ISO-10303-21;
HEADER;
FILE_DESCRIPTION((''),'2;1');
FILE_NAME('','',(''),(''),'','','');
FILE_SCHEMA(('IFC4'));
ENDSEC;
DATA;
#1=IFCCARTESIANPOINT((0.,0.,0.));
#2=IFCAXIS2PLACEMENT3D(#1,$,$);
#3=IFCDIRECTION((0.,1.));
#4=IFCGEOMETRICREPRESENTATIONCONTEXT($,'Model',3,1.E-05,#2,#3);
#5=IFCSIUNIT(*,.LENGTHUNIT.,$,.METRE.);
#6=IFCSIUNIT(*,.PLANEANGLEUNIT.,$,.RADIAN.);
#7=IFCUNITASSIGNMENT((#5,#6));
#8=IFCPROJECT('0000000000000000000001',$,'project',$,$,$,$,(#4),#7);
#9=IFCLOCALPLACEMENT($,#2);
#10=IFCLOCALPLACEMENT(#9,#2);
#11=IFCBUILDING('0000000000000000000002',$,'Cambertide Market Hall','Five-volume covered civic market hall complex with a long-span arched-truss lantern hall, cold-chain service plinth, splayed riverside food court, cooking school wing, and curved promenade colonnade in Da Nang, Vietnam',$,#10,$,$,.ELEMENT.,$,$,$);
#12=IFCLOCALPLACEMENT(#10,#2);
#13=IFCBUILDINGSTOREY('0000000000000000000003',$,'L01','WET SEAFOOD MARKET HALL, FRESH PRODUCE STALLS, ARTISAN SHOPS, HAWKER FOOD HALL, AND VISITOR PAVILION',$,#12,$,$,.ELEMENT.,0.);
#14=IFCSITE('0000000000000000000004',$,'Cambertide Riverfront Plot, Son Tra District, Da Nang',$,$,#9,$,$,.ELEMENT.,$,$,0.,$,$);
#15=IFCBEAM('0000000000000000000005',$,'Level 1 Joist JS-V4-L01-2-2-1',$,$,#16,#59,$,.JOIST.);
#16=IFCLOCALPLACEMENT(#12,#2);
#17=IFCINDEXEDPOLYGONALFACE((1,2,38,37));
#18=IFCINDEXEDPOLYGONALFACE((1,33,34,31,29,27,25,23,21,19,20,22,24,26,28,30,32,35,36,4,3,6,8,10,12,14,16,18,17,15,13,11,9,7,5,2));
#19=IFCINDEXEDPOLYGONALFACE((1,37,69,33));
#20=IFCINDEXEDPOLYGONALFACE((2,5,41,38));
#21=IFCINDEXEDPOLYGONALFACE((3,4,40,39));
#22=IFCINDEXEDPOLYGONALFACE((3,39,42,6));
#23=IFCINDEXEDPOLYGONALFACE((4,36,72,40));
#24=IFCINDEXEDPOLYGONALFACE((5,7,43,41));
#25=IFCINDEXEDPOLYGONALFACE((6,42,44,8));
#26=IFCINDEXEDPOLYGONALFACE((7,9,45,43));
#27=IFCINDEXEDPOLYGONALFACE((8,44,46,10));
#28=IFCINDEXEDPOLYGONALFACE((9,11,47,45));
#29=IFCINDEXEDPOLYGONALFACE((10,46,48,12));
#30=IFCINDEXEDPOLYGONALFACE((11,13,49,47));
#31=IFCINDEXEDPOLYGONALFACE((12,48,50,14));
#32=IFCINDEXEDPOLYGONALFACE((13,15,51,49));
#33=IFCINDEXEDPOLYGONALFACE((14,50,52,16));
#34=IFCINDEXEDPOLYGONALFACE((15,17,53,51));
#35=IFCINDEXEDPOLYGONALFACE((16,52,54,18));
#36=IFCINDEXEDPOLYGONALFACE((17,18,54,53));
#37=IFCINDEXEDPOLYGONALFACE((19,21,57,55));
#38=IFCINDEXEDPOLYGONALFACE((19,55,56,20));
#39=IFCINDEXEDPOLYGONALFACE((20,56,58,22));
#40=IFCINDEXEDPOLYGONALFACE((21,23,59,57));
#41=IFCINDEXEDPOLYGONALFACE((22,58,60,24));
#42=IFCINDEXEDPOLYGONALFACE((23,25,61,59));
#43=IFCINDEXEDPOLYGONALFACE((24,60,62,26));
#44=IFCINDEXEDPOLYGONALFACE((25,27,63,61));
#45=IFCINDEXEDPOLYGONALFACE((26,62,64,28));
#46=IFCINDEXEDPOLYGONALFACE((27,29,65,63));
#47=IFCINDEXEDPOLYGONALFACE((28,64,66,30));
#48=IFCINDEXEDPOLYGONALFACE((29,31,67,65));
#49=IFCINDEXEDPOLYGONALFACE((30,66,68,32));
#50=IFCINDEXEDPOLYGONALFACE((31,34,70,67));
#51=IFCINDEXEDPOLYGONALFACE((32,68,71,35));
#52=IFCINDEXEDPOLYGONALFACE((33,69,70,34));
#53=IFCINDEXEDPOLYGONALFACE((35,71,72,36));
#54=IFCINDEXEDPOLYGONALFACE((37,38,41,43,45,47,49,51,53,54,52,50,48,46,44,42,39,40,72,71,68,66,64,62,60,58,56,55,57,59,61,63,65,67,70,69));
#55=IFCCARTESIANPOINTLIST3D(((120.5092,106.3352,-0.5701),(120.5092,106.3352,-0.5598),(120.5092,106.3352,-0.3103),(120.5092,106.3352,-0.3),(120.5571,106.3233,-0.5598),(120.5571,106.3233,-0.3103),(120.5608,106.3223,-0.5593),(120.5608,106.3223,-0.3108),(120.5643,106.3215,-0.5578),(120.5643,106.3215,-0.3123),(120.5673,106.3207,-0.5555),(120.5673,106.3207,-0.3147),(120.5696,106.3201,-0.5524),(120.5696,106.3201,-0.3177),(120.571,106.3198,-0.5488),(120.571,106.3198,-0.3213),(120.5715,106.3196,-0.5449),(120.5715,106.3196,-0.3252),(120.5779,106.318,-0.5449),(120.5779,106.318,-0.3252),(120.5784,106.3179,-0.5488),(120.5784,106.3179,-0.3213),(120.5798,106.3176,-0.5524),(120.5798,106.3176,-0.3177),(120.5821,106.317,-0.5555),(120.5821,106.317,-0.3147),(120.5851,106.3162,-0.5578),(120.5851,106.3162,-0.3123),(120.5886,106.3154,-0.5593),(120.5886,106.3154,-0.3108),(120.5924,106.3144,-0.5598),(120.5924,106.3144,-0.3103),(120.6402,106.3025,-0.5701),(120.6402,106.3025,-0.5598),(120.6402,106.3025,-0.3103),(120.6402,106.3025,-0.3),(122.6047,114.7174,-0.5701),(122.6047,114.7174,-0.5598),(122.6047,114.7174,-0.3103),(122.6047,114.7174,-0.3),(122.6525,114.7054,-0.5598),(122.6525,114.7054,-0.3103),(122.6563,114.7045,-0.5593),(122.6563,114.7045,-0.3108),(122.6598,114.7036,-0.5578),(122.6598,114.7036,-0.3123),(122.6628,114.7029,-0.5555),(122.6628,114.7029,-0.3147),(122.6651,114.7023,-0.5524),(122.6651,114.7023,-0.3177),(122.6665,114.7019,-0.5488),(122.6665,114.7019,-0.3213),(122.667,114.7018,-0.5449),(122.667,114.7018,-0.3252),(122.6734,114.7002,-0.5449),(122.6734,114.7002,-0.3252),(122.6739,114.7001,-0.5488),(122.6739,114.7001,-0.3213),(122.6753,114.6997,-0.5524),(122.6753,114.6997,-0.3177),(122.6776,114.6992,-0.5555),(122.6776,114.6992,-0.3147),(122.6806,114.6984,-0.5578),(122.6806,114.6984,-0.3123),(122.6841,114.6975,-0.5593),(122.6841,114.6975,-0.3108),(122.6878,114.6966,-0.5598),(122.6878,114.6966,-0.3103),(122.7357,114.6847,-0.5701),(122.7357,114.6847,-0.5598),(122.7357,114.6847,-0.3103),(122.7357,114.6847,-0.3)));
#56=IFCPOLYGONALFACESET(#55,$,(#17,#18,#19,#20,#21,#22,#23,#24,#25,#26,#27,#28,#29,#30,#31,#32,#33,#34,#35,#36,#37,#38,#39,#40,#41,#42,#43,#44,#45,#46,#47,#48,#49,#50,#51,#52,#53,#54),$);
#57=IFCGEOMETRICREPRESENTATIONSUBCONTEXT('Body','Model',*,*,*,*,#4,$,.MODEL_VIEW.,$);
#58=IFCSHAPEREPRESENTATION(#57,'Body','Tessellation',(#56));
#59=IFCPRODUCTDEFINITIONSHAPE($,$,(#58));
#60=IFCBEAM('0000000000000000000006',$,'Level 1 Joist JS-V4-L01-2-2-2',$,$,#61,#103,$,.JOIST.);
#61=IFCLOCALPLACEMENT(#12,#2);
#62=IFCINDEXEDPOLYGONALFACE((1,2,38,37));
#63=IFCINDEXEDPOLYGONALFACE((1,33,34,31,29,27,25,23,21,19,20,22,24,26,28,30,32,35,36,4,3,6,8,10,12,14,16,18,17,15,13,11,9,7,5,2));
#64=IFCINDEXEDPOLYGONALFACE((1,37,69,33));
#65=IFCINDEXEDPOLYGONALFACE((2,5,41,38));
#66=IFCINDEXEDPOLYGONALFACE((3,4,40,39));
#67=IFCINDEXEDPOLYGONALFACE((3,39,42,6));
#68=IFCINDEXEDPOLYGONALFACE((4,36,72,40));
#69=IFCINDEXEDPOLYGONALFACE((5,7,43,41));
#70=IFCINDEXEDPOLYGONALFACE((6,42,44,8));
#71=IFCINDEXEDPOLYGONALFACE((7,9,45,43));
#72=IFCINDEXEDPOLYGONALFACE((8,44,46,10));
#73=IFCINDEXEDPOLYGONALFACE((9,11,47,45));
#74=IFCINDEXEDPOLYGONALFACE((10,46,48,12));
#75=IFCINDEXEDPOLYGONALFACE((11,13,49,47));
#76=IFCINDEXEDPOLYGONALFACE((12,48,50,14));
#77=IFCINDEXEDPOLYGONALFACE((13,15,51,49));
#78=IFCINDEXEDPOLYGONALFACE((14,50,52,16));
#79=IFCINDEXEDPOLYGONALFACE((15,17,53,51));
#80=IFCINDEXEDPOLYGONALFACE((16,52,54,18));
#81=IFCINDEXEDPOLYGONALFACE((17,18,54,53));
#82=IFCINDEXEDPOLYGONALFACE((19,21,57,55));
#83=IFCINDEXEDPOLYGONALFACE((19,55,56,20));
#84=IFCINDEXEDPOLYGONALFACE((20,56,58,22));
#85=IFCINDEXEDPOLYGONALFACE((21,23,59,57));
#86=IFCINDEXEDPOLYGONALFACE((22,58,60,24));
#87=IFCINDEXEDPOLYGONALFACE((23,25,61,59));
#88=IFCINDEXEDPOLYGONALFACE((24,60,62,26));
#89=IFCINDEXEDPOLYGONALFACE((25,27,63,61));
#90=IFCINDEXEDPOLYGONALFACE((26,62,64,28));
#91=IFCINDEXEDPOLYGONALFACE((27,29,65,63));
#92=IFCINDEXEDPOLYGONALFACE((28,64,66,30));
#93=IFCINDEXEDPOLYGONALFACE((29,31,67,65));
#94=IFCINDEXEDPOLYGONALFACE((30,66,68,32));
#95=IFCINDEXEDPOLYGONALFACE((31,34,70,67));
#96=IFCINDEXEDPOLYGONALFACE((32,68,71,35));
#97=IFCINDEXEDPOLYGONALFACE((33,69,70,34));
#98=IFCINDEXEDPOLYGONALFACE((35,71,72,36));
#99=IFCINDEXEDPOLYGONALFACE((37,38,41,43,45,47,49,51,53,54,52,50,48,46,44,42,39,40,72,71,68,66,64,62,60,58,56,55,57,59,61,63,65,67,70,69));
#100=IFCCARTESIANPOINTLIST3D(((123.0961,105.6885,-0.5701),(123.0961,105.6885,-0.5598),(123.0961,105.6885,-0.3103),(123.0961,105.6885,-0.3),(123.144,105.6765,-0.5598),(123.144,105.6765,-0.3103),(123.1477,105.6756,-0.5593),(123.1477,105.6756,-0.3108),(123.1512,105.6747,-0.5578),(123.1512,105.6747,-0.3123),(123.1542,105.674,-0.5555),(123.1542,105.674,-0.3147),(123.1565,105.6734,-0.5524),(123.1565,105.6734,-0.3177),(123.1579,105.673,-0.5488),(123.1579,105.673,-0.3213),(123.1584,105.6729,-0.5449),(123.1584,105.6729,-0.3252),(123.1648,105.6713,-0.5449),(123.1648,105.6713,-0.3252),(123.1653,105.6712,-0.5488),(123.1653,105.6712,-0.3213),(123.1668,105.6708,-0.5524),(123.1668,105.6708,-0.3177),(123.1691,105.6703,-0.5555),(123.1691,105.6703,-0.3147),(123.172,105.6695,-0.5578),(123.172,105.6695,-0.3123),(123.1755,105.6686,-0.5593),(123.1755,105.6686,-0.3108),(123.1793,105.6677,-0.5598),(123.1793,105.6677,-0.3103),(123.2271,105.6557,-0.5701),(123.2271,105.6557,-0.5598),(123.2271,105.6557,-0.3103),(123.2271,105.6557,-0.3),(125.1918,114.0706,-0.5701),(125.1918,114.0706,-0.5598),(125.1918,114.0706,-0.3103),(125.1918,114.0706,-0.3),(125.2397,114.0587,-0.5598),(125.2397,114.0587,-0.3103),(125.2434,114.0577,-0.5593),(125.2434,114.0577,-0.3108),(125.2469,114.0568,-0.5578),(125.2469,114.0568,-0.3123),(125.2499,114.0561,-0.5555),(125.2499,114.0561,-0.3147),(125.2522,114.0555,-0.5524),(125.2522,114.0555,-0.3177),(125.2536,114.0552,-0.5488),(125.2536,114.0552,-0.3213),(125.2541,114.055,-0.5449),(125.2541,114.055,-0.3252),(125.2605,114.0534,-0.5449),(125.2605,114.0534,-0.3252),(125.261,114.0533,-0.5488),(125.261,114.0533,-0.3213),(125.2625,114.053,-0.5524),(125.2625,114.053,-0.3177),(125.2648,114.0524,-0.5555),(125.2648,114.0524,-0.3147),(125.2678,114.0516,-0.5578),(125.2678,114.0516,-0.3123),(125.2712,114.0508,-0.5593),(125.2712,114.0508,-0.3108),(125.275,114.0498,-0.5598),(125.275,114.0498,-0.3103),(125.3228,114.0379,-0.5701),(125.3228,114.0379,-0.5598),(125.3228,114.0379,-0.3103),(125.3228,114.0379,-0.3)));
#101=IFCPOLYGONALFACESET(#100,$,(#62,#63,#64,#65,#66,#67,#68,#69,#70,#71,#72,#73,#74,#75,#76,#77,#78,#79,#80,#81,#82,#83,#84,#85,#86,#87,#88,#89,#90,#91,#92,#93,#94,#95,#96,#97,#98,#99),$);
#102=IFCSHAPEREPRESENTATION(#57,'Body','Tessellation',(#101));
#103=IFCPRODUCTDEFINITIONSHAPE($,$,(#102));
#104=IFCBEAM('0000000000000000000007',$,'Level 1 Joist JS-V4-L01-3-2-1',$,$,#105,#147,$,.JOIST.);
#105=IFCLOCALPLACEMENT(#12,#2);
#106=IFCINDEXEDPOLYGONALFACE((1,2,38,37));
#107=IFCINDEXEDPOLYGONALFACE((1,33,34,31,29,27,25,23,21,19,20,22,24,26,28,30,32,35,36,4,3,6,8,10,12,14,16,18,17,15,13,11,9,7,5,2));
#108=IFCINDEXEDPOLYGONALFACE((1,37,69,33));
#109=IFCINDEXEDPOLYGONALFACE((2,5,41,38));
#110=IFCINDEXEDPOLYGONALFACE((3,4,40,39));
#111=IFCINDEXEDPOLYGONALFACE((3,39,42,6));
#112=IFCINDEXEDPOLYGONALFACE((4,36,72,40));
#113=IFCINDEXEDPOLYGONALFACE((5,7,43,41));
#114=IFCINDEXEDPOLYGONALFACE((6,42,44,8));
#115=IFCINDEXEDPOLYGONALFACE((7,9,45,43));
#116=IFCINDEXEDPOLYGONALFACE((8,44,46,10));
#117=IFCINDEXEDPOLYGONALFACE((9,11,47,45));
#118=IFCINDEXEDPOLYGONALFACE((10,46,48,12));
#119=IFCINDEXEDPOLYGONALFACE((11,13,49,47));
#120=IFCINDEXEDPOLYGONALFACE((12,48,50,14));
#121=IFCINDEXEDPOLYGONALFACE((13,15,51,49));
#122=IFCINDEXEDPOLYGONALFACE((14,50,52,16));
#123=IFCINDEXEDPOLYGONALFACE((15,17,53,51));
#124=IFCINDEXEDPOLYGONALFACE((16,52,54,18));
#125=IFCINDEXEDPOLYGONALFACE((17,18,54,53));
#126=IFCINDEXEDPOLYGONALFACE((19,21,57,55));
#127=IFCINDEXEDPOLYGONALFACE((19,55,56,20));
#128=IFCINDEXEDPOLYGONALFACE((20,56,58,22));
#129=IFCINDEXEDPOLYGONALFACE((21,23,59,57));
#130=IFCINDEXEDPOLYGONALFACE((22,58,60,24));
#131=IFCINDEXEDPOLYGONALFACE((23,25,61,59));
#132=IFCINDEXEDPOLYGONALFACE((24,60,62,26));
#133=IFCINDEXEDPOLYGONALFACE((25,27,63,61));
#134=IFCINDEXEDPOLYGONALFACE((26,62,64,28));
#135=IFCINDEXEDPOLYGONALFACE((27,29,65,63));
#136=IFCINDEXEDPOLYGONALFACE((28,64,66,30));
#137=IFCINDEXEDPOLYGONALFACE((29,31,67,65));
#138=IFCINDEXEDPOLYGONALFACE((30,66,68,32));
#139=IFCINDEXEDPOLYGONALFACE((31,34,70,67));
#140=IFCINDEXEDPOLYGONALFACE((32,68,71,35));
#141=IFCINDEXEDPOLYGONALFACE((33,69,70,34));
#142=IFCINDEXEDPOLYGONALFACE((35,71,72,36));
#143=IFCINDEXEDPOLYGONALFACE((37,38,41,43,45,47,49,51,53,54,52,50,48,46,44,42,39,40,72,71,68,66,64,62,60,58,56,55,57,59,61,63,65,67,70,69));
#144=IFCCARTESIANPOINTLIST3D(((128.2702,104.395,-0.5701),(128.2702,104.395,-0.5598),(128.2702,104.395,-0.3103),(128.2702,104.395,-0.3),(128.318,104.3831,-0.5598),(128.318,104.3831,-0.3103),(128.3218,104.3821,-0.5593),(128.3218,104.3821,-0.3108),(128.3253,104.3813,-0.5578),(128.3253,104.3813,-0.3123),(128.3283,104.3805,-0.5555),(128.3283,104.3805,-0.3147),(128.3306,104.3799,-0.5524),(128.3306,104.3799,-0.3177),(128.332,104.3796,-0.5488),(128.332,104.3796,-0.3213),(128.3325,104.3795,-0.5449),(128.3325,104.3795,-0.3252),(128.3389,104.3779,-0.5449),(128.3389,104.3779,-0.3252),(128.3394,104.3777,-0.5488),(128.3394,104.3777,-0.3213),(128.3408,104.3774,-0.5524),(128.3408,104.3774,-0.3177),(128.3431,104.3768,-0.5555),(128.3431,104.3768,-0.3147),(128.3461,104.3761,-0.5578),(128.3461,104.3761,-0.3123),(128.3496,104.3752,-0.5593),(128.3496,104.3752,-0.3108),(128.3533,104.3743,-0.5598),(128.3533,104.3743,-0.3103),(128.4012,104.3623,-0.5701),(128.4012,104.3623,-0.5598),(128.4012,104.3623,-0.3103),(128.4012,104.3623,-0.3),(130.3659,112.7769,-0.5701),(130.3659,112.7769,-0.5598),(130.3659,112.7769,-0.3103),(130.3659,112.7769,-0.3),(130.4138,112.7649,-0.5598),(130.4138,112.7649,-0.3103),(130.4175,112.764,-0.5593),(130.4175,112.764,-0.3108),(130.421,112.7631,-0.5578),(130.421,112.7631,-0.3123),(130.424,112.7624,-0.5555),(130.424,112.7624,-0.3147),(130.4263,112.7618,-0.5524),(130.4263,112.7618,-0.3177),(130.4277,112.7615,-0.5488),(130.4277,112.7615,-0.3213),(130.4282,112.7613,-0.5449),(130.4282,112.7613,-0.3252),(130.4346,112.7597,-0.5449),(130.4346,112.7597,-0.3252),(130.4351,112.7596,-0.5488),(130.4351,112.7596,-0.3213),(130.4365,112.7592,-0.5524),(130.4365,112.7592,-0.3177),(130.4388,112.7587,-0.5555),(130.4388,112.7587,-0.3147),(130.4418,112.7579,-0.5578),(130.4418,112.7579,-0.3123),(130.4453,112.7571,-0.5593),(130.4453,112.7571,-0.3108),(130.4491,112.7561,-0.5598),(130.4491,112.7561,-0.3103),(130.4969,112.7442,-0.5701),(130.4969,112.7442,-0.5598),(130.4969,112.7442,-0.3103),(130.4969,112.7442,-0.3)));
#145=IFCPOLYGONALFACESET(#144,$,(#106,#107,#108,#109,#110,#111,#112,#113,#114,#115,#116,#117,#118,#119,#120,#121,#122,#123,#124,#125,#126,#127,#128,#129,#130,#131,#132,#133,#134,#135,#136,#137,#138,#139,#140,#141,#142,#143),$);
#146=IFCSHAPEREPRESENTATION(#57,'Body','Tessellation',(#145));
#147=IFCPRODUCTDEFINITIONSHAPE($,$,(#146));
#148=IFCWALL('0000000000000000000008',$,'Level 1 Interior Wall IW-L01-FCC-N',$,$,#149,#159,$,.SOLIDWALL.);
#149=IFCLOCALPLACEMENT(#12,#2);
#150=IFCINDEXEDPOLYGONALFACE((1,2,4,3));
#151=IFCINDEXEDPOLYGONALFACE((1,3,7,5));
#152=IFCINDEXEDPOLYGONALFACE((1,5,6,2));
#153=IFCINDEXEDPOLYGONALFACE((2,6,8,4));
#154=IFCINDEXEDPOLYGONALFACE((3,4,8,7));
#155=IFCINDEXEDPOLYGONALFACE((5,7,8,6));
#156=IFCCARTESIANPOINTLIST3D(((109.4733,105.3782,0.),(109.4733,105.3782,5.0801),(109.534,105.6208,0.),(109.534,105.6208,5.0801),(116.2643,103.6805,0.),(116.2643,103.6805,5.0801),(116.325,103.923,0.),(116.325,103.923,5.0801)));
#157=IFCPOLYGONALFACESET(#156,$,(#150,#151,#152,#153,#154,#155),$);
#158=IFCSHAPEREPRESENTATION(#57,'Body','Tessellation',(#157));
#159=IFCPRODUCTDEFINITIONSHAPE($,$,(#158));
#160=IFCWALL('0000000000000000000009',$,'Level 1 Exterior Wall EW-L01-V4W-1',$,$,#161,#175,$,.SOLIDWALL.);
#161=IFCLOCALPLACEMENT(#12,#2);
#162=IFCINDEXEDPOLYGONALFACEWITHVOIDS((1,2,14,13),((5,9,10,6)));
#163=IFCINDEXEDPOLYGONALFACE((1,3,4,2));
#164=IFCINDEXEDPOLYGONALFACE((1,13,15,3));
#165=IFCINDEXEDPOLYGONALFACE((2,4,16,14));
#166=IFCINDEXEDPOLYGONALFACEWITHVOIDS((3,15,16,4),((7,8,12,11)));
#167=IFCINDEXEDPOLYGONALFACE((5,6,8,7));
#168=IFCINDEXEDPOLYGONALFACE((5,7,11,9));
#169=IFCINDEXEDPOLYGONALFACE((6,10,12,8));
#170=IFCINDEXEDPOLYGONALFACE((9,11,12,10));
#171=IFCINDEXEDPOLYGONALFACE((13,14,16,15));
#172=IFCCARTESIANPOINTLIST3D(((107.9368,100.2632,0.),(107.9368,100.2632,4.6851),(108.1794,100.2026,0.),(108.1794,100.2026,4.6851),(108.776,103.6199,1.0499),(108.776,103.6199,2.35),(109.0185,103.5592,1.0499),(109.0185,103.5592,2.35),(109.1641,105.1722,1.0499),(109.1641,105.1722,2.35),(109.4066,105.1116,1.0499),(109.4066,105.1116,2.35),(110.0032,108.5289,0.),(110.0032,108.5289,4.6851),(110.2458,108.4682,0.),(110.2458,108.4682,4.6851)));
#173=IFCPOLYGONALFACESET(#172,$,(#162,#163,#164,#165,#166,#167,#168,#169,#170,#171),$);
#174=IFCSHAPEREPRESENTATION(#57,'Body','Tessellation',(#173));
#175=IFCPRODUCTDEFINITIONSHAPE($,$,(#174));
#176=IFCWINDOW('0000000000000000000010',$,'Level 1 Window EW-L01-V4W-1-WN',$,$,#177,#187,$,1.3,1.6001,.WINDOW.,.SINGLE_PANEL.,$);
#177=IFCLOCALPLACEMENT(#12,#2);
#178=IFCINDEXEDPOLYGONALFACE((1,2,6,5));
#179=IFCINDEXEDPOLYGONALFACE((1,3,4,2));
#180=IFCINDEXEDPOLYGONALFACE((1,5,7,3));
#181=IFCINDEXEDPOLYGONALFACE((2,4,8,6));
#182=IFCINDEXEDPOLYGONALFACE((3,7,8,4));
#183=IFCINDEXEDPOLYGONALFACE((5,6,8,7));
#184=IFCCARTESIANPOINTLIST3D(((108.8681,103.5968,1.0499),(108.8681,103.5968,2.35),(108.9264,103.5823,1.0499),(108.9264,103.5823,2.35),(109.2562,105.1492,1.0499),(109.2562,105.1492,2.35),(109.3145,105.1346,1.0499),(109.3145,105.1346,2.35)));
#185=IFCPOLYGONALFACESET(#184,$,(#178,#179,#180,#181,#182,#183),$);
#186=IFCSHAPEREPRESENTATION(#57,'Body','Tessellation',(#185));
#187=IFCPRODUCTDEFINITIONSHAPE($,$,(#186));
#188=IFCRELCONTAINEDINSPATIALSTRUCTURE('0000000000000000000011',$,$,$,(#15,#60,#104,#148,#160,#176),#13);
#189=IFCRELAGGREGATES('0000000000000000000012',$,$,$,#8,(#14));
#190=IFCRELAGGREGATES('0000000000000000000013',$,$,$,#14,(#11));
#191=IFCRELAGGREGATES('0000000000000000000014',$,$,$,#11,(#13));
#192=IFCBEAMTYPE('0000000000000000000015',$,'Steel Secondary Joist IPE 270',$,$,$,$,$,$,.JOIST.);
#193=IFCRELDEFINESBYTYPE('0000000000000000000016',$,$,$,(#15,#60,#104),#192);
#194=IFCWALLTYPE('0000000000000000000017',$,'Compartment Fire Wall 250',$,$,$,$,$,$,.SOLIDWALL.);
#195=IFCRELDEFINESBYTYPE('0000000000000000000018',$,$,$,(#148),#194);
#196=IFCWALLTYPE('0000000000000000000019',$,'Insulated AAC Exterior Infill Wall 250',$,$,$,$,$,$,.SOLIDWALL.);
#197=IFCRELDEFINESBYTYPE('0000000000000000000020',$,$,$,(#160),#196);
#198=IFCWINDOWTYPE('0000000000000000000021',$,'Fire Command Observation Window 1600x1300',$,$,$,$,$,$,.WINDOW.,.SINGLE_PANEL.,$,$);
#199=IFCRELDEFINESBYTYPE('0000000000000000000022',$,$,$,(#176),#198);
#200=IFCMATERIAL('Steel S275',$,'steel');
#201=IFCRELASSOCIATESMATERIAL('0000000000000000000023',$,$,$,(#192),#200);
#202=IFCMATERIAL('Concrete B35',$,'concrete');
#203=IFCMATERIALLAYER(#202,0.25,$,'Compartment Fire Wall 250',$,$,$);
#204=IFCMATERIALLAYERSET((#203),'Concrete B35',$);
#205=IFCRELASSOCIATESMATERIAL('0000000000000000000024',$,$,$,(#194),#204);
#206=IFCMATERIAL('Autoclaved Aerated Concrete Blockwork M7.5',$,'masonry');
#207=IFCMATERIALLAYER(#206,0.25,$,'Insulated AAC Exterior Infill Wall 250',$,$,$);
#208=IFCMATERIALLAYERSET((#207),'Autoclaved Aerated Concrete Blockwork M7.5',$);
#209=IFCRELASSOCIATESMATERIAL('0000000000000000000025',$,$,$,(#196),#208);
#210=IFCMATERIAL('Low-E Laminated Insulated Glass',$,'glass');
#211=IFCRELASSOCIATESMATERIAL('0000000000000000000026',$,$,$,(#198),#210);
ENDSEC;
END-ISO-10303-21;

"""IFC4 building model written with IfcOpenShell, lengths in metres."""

from ifc_helpers import new_model, si_unit, direction, frame, frame_2d, origin, origin_2d, place, context, subcontext, project, spatial, rectangle, i_section, extrude, material, layer, layer_set, material_profile, profile_set, type_object, element, fill, save


model = new_model("IFC4")

# Units and contexts
model_context = context("Model", 3, precision=1e-05, world=origin(), true_north=direction((0.0, 1.0)))
body_context = subcontext(model_context, "Body", "Model", "MODEL_VIEW")
ifc_project = project(units=[si_unit("LENGTHUNIT", "METRE"), si_unit("PLANEANGLEUNIT", "RADIAN")], contexts=[model_context])

# Site, building, storey
site_placement = place(None, origin())
site = spatial("IfcSite", under=ifc_project, at=site_placement, Name="Cambertide Riverfront Plot, Son Tra District, Da Nang", CompositionType="ELEMENT", RefElevation=0.0)
building_placement = place(site_placement, origin())
building = spatial("IfcBuilding", under=site, at=building_placement, Name="Cambertide Market Hall", Description="Five-volume covered civic market hall complex with a long-span arched-truss lantern hall, cold-chain service plinth, splayed riverside food court, cooking school wing, and curved promenade colonnade in Da Nang, Vietnam", CompositionType="ELEMENT")
storey_placement = place(building_placement, origin())
storey = spatial("IfcBuildingStorey", under=building, at=storey_placement, Name="L01", Description="WET SEAFOOD MARKET HALL, FRESH PRODUCE STALLS, ARTISAN SHOPS, HAWKER FOOD HALL, AND VISITOR PAVILION", CompositionType="ELEMENT", Elevation=0.0)

# Beams
ifc_material_1 = material(Name="Steel S275", Category="steel")
ifc_material_profile_1 = material_profile(ifc_material_1, i_section(OverallWidth=0.135, OverallDepth=0.27, WebThickness=0.0066, FlangeThickness=0.0103, FilletRadius=0.0149, at=origin_2d()), Name="IPE 270")
ifc_profile_set_1 = profile_set([ifc_material_profile_1], Name="Steel S275")
beam_type_1 = type_object("IfcBeamType", Name="Steel Secondary Joist IPE 270", PredefinedType="JOIST", material=ifc_profile_set_1)
for number, where, z_axis, x_axis, name in (
    (1, (120.5747, 106.3188, -0.4351), (0.242529, 0.970144, 0.0), (-0.970144, 0.242529, 0.0), "Level 1 Joist JS-V4-L01-2-2-1"),
    (2, (123.1616, 105.6721, -0.4351), (0.242556, 0.970138, 0.0), (-0.970138, 0.242556, 0.0), "Level 1 Joist JS-V4-L01-2-2-2"),
):
    element("IfcBeam", number, at=place(storey_placement, frame(where, z_axis=z_axis, x_axis=x_axis)), inside=storey, type_object=beam_type_1, Name=name, PredefinedType="JOIST", context=body_context, shape_type="SweptSolid", body=[
        extrude(i_section(OverallWidth=0.135, OverallDepth=0.27, WebThickness=0.0066, FlangeThickness=0.0103, FilletRadius=0.0149, at=origin_2d()), origin(), (0.0, 0.0, 1.0), 8.6401),
    ])
beam_1_placement = place(storey_placement, frame((128.3357, 104.3787, -0.4351), z_axis=(0.242562, 0.970136, 0.0), x_axis=(-0.970136, 0.242562, 0.0)))
element("IfcBeam", 3, at=beam_1_placement, inside=storey, type_object=beam_type_1, Name="Level 1 Joist JS-V4-L01-3-2-1", PredefinedType="JOIST", context=body_context, shape_type="SweptSolid", body=[
    extrude(i_section(OverallWidth=0.135, OverallDepth=0.27, WebThickness=0.0066, FlangeThickness=0.0103, FilletRadius=0.0149, at=origin_2d()), origin(), (0.0, 0.0, 1.0), 8.6399),
])

# Wall
ifc_material_2 = material(Name="Concrete B35", Category="concrete")
ifc_layer_1 = layer(ifc_material_2, 0.25, Name="Compartment Fire Wall 250")
ifc_layer_set_1 = layer_set([ifc_layer_1], Name="Concrete B35")
wall_type_1 = type_object("IfcWallType", Name="Compartment Fire Wall 250", PredefinedType="SOLIDWALL", material=ifc_layer_set_1)
wall_1_placement = place(storey_placement, frame((109.5037, 105.4995, 0.0), z_axis=(0.0, 0.0, 1.0), x_axis=(0.970143, -0.242536, 0.0)))
element("IfcWall", 4, at=wall_1_placement, inside=storey, type_object=wall_type_1, Name="Level 1 Interior Wall IW-L01-FCC-N", PredefinedType="SOLIDWALL", context=body_context, shape_type="SweptSolid", body=[
    extrude(rectangle(XDim=7.0, YDim=0.25, at=frame_2d((3.5, 0.0))), origin(), (0.0, 0.0, 1.0), 5.0801),
])

# Wall, opening, window
ifc_material_3 = material(Name="Autoclaved Aerated Concrete Blockwork M7.5", Category="masonry")
ifc_layer_2 = layer(ifc_material_3, 0.25, Name="Insulated AAC Exterior Infill Wall 250")
ifc_layer_set_2 = layer_set([ifc_layer_2], Name="Autoclaved Aerated Concrete Blockwork M7.5")
wall_type_2 = type_object("IfcWallType", Name="Insulated AAC Exterior Infill Wall 250", PredefinedType="SOLIDWALL", material=ifc_layer_set_2)
wall_2_placement = place(storey_placement, frame((108.0581, 100.2329, 0.0), z_axis=(0.0, 0.0, 1.0), x_axis=(0.242536, 0.970143, 0.0)))
wall_2 = element("IfcWall", 5, at=wall_2_placement, inside=storey, type_object=wall_type_2, Name="Level 1 Exterior Wall EW-L01-V4W-1", PredefinedType="SOLIDWALL", context=body_context, shape_type="SweptSolid", body=[
    extrude(rectangle(XDim=8.52, YDim=0.25, at=frame_2d((4.26, 0.0))), origin(), (0.0, 0.0, 1.0), 4.6851),
])
opening_1_placement = place(wall_2_placement, frame((3.46, 0.0, 1.05)))
opening_1 = element("IfcOpeningElement", 6, at=opening_1_placement, cuts=wall_2, PredefinedType="OPENING", context=body_context, shape_type="SweptSolid", body=[
    extrude(rectangle(XDim=1.6001, YDim=1.3, at=frame_2d((0.8, 0.6499))), frame((0.0, 0.135, 0.0), z_axis=(0.0, -1.0, 0.0), x_axis=(1.0, 0.0, 0.0)), (0.0, 0.0, 1.0), 0.27),
])
ifc_material_4 = material(Name="Low-E Laminated Insulated Glass", Category="glass")
window_type = type_object("IfcWindowType", Name="Fire Command Observation Window 1600x1300", PartitioningType="SINGLE_PANEL", PredefinedType="WINDOW", material=ifc_material_4)
window_placement = place(opening_1_placement, origin())
window = element("IfcWindow", 7, at=window_placement, inside=storey, type_object=window_type, Name="Level 1 Window EW-L01-V4W-1-WN", OverallHeight=1.3, OverallWidth=1.6001, PartitioningType="SINGLE_PANEL", PredefinedType="WINDOW", context=body_context, shape_type="SweptSolid", body=[
    extrude(rectangle(XDim=1.6001, YDim=1.3, at=frame_2d((0.8, 0.6499))), frame((0.0, 0.03, 0.0), z_axis=(0.0, -1.0, 0.0), x_axis=(1.0, 0.0, 0.0)), (0.0, 0.0, 1.0), 0.0601),
])
fill(opening_1, window)

save(model, "model.ifc")
